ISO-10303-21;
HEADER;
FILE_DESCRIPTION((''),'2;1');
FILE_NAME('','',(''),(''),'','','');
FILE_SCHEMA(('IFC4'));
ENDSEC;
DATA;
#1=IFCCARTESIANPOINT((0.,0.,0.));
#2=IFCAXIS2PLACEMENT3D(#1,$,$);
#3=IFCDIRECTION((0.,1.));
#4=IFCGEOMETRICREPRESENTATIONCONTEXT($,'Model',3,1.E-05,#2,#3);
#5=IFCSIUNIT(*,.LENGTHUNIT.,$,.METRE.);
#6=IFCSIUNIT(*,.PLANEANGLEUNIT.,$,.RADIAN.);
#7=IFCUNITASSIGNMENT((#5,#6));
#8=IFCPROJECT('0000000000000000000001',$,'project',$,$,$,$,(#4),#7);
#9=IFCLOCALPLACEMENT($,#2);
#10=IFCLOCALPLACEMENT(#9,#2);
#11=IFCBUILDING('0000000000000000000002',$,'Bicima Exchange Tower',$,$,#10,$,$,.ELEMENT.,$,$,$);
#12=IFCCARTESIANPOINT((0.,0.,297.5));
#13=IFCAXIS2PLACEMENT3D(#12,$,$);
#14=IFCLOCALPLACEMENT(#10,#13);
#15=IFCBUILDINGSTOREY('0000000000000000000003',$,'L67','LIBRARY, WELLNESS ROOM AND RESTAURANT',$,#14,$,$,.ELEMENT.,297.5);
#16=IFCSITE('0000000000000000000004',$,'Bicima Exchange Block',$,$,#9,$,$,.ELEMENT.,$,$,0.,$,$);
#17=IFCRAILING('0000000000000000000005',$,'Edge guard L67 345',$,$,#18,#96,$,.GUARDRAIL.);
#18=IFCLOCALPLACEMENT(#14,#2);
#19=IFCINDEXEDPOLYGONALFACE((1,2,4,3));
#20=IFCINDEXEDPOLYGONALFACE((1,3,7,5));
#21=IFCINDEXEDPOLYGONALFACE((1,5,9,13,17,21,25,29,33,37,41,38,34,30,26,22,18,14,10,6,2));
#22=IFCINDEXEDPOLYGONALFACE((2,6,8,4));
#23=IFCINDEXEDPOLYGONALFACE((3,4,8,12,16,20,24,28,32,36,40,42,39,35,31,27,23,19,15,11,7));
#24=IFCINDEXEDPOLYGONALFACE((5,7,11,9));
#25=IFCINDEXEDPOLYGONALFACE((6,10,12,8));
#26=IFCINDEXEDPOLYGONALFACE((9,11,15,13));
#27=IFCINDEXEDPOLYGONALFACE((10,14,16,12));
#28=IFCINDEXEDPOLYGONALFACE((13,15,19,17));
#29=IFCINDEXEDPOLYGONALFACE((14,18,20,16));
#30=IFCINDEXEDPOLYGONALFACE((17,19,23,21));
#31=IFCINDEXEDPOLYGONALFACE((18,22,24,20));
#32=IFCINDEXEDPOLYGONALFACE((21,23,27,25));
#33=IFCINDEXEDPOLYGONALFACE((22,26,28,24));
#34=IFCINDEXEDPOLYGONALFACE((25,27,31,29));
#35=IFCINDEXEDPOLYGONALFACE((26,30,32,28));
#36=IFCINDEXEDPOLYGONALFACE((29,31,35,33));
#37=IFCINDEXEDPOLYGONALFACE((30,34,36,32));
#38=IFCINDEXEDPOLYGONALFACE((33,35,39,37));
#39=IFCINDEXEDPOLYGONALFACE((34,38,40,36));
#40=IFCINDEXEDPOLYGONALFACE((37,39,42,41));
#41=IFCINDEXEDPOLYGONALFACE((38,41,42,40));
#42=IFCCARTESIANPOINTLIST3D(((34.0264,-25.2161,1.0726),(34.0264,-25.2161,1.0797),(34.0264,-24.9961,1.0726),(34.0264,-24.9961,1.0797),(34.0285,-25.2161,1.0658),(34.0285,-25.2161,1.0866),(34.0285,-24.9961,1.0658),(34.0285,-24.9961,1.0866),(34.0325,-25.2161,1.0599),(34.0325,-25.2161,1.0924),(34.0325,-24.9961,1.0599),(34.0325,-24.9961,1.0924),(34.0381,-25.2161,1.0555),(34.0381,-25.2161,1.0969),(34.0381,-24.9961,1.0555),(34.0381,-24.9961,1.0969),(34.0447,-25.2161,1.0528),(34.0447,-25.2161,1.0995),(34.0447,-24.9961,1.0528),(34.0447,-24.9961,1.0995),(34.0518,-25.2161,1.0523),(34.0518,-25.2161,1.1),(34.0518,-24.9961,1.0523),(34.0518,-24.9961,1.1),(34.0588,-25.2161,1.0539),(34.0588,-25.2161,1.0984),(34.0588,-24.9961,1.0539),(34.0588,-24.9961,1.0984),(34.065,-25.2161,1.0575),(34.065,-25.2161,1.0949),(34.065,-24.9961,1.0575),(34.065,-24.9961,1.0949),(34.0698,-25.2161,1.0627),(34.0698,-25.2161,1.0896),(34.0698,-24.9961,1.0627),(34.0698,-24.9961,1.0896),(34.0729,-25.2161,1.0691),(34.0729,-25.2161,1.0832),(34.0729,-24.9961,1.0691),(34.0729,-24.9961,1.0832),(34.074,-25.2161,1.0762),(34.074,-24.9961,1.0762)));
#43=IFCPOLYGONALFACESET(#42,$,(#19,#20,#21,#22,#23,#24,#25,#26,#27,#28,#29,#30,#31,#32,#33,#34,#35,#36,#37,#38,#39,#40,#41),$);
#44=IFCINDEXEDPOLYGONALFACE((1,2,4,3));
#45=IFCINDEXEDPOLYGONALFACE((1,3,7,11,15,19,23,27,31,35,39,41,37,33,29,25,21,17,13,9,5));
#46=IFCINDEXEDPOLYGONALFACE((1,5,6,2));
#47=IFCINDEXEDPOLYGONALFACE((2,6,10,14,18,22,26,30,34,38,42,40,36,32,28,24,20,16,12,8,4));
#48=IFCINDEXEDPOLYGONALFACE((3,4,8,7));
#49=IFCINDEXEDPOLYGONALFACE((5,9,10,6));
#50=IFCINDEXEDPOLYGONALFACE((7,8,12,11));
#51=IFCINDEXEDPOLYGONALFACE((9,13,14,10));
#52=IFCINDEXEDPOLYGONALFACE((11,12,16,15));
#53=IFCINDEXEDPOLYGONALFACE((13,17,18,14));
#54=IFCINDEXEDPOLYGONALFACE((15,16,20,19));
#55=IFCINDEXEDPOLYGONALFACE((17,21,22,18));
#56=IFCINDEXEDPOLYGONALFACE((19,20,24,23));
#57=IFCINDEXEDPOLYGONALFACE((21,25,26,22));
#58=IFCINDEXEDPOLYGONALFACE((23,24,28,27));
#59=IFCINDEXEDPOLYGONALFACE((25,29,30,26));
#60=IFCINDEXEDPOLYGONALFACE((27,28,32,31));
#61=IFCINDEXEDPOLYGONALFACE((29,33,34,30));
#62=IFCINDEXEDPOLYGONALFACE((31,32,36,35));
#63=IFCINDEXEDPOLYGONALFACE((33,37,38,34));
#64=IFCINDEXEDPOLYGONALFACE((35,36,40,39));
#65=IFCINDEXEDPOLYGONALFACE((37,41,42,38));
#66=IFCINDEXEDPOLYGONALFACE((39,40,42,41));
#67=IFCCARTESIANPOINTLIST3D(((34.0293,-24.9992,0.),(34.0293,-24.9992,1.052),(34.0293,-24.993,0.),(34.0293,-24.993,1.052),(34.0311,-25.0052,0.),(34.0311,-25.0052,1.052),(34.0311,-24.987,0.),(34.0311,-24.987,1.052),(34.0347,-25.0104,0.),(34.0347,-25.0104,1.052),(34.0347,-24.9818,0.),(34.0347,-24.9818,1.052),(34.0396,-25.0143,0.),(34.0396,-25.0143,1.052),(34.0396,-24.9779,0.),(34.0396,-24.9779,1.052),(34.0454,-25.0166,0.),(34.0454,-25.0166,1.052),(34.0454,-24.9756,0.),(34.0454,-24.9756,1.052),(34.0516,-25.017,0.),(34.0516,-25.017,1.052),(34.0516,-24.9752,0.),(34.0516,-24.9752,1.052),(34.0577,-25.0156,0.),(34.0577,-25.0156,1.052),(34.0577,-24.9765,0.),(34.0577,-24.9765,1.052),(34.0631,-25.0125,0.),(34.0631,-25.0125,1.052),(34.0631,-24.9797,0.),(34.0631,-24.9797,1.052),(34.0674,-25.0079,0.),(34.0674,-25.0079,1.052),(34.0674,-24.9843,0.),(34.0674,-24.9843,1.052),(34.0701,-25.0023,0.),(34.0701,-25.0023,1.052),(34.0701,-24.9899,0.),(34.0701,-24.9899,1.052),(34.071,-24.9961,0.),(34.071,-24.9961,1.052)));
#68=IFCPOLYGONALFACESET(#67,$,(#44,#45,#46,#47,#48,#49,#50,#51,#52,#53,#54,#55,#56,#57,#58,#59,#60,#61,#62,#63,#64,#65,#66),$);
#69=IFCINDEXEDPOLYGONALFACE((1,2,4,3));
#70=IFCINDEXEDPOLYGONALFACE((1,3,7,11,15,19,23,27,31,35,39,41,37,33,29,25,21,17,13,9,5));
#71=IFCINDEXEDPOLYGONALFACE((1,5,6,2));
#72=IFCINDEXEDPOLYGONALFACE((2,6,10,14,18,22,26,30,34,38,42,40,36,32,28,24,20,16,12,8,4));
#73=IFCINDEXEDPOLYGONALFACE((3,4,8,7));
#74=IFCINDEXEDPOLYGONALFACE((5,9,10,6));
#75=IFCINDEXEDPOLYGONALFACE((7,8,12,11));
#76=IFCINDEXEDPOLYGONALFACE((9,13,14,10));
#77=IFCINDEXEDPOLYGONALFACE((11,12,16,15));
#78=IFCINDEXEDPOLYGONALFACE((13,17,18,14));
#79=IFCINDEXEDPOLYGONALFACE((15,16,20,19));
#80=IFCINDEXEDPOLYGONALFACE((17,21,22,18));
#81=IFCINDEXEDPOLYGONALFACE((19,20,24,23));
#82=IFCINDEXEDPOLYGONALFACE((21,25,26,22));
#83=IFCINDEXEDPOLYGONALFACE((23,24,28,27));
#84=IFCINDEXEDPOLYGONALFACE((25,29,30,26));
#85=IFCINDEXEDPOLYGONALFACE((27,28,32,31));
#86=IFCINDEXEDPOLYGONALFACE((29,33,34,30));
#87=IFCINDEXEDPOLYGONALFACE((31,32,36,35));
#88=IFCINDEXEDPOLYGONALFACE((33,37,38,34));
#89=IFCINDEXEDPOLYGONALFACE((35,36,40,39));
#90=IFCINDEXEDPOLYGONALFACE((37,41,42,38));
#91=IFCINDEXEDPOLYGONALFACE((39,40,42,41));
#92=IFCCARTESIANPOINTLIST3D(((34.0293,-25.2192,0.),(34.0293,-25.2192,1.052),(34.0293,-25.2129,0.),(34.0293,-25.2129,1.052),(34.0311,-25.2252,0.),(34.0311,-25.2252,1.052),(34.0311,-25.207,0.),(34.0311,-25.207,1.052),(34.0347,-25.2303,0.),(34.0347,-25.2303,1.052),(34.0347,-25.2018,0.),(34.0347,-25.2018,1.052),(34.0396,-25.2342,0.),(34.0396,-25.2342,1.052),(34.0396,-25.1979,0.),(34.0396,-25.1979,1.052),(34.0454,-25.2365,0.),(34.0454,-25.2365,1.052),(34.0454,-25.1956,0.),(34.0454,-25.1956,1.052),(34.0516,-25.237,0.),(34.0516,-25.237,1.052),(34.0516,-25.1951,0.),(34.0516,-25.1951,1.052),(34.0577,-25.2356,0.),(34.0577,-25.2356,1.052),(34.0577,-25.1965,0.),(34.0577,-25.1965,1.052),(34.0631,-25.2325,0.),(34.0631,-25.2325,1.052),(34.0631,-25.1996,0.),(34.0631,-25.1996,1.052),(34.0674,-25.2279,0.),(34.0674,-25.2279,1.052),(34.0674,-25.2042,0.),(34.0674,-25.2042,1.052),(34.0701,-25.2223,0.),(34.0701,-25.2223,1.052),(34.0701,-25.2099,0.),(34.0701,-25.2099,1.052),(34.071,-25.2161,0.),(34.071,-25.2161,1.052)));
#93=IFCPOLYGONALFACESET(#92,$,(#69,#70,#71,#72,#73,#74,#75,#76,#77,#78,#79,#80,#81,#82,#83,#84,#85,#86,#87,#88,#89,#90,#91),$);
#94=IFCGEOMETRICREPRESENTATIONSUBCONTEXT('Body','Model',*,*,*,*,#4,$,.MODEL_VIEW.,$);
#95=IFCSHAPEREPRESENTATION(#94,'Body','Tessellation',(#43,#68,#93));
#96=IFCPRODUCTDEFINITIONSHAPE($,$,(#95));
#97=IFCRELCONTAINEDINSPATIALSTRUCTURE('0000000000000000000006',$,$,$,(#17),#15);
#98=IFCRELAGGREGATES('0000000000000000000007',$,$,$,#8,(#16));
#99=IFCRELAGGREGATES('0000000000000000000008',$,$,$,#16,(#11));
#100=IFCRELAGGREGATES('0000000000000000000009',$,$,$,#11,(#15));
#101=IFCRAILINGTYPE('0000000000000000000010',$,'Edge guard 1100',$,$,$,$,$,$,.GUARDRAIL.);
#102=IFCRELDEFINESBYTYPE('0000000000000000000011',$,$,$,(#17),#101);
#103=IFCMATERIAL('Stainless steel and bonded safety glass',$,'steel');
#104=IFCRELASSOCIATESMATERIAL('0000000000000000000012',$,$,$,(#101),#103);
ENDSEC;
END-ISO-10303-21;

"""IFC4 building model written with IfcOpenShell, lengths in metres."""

from ifc_helpers import new_model, si_unit, direction, frame, origin, origin_2d, place, context, subcontext, project, spatial, circle, extrude, material, type_object, element, save


model = new_model("IFC4")

# Units and contexts
model_context = context("Model", 3, precision=1e-05, world=origin(), true_north=direction((0.0, 1.0)))
body_context = subcontext(model_context, "Body", "Model", "MODEL_VIEW")
ifc_project = project(units=[si_unit("LENGTHUNIT", "METRE"), si_unit("PLANEANGLEUNIT", "RADIAN")], contexts=[model_context])

# Site, building, storey
site_placement = place(None, origin())
site = spatial("IfcSite", under=ifc_project, at=site_placement, Name="Bicima Exchange Block", CompositionType="ELEMENT", RefElevation=0.0)
building_placement = place(site_placement, origin())
building = spatial("IfcBuilding", under=site, at=building_placement, Name="Bicima Exchange Tower", CompositionType="ELEMENT")
storey_placement = place(building_placement, frame((0.0, 0.0, 297.5)))
storey = spatial("IfcBuildingStorey", under=building, at=storey_placement, Name="L67", Description="LIBRARY, WELLNESS ROOM AND RESTAURANT", CompositionType="ELEMENT", Elevation=297.5)

# Railing
ifc_material_1 = material(Name="Stainless steel and bonded safety glass", Category="steel")
railing_type = type_object("IfcRailingType", Name="Edge guard 1100", PredefinedType="GUARDRAIL", material=ifc_material_1)
railing_1_placement = place(storey_placement, frame((34.05, -24.9961, 0.0)))
element("IfcRailing", 1, at=railing_1_placement, inside=storey, type_object=railing_type, Name="Edge guard L67 345", PredefinedType="GUARDRAIL", context=body_context, shape_type="SweptSolid", body=[
    extrude(circle(Radius=0.0239, at=origin_2d()), frame((0.0, 0.0, 1.0762), z_axis=(0.0, -1.0, 0.0), x_axis=(1.0, 0.0, 0.0)), (0.0, 0.0, 1.0), 0.22),
    extrude(circle(Radius=0.021, at=origin_2d()), origin(), (0.0, 0.0, 1.0), 1.052),
    extrude(circle(Radius=0.021, at=origin_2d()), frame((0.0, -0.22, 0.0)), (0.0, 0.0, 1.0), 1.052),
])

save(model, "model.ifc")
